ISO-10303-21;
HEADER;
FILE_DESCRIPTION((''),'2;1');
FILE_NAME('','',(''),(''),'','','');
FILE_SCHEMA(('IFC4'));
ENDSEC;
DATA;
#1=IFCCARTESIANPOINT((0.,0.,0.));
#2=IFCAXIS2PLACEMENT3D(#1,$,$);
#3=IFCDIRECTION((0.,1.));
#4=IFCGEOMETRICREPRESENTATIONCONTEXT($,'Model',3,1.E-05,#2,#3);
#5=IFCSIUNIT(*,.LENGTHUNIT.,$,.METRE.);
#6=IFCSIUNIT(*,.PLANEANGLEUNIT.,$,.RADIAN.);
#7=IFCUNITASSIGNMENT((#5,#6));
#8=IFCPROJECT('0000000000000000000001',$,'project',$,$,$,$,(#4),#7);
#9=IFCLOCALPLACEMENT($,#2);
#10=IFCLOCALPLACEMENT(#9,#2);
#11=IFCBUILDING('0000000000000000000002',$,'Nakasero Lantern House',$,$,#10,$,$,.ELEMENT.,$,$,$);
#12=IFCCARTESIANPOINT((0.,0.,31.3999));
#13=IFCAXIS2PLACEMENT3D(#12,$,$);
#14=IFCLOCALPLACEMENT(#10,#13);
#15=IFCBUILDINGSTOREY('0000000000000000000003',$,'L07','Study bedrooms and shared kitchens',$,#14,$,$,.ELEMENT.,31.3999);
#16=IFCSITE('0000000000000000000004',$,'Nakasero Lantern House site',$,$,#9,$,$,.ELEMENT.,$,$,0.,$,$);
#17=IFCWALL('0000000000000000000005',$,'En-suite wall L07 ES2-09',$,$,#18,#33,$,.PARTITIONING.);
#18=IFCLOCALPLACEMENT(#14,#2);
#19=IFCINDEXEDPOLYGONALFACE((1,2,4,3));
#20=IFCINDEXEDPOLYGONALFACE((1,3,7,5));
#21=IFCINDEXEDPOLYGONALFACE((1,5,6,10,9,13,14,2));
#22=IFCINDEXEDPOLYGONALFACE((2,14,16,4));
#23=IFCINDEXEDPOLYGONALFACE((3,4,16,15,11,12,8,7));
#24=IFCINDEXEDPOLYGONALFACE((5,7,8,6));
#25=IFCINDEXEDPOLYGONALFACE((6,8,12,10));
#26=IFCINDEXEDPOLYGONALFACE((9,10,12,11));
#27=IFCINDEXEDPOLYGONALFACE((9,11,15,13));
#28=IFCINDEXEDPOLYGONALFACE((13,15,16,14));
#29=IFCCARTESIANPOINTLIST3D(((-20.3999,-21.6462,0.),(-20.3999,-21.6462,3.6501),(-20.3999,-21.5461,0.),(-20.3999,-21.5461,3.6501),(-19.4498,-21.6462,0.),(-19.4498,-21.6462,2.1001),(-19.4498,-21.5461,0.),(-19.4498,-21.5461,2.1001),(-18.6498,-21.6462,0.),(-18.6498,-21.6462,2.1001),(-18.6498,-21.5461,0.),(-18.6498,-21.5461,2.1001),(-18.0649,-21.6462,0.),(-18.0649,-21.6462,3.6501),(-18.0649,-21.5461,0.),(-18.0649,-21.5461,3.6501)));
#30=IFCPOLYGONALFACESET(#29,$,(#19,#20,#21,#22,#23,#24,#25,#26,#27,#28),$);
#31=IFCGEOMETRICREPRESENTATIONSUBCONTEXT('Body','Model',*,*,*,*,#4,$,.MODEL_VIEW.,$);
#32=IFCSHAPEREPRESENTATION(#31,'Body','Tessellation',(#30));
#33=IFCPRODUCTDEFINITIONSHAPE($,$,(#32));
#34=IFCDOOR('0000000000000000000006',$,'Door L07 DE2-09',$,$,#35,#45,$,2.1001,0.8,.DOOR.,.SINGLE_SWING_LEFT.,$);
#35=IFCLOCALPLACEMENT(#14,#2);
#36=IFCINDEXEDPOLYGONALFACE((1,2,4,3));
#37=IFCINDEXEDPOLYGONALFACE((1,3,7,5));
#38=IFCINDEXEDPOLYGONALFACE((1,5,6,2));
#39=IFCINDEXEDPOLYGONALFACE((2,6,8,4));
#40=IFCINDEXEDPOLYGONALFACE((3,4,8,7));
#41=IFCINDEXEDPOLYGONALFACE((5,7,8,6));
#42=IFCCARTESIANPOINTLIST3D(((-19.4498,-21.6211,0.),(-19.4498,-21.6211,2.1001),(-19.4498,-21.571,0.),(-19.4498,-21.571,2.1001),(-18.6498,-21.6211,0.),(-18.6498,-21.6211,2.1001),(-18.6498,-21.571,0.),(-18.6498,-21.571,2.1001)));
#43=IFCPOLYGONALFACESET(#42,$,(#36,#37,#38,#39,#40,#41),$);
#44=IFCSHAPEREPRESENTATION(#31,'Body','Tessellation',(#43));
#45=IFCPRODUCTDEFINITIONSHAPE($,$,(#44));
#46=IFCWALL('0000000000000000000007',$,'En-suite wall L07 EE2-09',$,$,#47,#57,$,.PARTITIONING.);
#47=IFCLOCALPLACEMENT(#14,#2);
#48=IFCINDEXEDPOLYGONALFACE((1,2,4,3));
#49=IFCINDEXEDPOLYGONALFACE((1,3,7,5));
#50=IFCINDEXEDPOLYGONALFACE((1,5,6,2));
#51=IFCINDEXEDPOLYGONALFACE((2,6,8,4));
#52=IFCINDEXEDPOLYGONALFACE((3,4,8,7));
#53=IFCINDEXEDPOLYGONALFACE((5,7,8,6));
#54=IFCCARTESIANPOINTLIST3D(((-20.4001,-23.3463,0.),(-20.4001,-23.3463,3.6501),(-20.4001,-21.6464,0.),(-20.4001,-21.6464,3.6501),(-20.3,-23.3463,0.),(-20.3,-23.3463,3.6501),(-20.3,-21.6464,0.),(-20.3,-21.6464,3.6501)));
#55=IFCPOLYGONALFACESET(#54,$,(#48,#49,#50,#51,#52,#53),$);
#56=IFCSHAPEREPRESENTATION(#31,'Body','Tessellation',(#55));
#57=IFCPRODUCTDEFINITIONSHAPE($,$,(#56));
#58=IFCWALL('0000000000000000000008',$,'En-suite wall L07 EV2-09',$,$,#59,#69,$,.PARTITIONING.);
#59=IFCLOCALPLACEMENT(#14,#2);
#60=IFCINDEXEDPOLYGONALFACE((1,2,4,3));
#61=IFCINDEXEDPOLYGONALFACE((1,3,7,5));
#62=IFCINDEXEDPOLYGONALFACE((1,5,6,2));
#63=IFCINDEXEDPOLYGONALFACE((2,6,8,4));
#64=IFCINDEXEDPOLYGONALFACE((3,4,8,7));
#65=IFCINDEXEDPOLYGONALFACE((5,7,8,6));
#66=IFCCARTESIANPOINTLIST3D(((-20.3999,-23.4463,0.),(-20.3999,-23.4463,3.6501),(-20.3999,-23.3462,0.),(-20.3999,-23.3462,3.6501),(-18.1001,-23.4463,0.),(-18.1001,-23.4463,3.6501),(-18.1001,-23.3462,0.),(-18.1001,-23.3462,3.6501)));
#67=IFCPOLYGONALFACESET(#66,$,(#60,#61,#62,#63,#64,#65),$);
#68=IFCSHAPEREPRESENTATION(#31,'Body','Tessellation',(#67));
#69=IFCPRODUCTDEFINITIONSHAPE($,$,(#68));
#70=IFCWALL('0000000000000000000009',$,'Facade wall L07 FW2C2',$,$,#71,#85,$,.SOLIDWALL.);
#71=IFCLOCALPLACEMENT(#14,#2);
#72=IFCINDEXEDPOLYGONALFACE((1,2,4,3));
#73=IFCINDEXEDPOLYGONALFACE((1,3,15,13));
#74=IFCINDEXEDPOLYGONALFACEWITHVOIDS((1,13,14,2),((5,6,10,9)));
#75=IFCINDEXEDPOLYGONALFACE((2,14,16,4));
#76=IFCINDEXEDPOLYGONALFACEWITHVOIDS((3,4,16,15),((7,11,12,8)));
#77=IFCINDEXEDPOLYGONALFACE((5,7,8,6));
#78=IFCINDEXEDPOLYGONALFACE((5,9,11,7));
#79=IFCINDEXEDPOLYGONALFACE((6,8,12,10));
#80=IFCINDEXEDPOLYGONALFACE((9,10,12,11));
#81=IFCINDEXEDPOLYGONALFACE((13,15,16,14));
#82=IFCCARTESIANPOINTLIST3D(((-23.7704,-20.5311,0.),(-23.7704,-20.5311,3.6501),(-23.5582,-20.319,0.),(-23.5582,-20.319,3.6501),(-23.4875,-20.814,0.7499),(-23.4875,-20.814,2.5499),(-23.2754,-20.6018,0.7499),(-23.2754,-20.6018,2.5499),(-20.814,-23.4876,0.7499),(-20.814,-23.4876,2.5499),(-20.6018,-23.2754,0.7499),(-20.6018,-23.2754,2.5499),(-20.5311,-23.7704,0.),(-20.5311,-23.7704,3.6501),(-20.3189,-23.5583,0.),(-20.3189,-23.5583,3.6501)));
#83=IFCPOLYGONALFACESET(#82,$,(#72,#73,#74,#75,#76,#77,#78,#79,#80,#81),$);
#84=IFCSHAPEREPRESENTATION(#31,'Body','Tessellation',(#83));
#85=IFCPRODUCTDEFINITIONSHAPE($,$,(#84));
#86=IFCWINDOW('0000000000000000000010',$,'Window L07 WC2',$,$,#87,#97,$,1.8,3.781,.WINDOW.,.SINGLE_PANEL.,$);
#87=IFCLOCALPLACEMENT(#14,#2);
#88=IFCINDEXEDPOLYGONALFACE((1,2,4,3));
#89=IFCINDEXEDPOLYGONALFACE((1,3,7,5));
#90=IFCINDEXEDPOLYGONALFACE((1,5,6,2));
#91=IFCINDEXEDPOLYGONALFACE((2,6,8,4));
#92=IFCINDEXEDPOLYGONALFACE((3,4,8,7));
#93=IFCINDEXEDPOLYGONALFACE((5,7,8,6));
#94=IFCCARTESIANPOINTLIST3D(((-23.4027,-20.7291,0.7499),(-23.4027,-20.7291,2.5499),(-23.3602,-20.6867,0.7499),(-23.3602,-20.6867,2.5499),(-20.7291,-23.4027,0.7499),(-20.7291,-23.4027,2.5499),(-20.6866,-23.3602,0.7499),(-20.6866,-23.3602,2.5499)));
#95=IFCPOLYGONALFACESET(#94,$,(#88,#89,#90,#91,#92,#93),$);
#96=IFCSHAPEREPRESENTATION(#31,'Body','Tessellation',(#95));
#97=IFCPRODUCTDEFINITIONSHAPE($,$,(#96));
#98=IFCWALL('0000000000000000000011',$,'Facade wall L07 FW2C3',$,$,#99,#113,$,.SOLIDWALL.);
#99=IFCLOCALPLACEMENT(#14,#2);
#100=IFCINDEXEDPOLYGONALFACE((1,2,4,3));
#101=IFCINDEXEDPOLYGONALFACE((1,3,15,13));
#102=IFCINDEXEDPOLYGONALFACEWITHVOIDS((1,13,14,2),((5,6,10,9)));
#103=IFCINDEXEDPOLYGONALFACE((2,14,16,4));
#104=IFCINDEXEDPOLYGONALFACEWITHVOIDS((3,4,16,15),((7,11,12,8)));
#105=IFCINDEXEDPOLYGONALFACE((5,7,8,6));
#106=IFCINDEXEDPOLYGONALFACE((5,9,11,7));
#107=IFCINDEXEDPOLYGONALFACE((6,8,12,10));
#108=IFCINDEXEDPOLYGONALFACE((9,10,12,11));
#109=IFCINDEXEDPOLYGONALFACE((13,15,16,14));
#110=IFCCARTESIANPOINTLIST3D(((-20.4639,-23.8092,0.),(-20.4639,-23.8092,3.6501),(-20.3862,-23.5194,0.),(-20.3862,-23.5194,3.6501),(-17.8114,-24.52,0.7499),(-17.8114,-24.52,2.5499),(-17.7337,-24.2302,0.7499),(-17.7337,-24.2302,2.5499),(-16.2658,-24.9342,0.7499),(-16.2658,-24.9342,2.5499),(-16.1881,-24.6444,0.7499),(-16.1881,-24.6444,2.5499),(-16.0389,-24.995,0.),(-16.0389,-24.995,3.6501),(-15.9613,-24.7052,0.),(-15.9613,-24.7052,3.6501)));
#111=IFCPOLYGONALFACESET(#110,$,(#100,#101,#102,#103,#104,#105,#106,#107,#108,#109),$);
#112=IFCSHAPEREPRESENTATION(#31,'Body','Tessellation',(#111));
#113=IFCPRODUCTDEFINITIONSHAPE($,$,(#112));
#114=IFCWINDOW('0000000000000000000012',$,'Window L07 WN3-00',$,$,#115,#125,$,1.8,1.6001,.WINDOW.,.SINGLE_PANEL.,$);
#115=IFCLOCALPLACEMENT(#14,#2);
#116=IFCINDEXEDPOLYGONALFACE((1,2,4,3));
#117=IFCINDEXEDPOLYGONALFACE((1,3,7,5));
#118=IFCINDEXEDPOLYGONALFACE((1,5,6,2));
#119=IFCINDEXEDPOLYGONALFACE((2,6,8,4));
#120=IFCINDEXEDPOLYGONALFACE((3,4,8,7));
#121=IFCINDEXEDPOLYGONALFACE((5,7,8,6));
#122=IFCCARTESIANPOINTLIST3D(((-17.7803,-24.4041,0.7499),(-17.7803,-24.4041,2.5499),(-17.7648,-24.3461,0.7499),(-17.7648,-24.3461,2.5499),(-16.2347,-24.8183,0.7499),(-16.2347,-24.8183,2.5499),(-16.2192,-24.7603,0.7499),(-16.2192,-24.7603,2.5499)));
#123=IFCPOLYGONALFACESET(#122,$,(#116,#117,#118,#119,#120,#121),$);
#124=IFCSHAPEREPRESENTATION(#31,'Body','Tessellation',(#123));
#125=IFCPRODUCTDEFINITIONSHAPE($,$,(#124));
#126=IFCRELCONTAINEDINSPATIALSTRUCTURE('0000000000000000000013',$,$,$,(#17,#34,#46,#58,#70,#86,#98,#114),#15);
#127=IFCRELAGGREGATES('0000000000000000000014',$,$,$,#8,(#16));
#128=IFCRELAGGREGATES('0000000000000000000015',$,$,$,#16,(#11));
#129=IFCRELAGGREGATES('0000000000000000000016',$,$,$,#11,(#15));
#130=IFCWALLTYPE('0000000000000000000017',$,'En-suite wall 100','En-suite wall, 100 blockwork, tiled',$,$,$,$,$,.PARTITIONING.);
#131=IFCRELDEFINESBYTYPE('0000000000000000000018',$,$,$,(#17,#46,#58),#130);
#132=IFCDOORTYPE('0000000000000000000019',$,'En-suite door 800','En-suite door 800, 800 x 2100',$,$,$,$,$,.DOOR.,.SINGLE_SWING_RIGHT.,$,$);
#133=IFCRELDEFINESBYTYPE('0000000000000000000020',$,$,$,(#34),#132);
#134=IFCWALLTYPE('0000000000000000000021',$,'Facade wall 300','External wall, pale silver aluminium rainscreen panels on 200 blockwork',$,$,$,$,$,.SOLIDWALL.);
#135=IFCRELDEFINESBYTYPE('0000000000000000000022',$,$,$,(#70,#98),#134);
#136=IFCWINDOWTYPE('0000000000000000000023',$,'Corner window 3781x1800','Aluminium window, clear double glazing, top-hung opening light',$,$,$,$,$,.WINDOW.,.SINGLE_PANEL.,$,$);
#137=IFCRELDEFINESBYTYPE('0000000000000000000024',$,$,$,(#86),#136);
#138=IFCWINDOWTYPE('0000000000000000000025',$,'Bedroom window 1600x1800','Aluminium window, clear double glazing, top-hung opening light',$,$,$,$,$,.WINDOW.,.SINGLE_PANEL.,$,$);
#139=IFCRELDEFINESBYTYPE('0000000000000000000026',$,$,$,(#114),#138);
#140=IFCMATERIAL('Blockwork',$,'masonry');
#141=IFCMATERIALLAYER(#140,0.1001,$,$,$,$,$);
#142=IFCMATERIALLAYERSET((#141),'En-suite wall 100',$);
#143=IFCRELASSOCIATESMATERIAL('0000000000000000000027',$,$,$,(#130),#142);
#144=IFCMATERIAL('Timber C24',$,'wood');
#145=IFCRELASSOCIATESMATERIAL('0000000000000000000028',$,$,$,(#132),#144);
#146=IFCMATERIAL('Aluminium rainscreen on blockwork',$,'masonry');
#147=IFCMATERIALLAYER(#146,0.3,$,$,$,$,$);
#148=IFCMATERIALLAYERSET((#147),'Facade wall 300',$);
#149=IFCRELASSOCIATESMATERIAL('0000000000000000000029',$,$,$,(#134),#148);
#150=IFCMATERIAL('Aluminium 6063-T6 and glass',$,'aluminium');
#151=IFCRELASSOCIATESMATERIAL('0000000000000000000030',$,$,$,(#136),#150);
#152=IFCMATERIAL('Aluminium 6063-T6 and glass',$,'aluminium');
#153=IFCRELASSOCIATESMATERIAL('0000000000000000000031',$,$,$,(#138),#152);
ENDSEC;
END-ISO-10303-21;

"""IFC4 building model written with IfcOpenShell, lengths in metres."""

from ifc_helpers import new_model, si_unit, direction, frame, frame_2d, origin, place, context, subcontext, project, spatial, rectangle, extrude, material, layer, layer_set, type_object, element, fill, save


model = new_model("IFC4")

# Units and contexts
model_context = context("Model", 3, precision=1e-05, world=origin(), true_north=direction((0.0, 1.0)))
body_context = subcontext(model_context, "Body", "Model", "MODEL_VIEW")
ifc_project = project(units=[si_unit("LENGTHUNIT", "METRE"), si_unit("PLANEANGLEUNIT", "RADIAN")], contexts=[model_context])

# Site, building, storey
site_placement = place(None, origin())
site = spatial("IfcSite", under=ifc_project, at=site_placement, Name="Nakasero Lantern House site", CompositionType="ELEMENT", RefElevation=0.0)
building_placement = place(site_placement, origin())
building = spatial("IfcBuilding", under=site, at=building_placement, Name="Nakasero Lantern House", CompositionType="ELEMENT")
storey_placement = place(building_placement, frame((0.0, 0.0, 31.3999)))
storey = spatial("IfcBuildingStorey", under=building, at=storey_placement, Name="L07", Description="Study bedrooms and shared kitchens", CompositionType="ELEMENT", Elevation=31.3999)

# Wall, opening, door
ifc_material_1 = material(Name="Blockwork", Category="masonry")
ifc_layer_1 = layer(ifc_material_1, 0.1001)
ifc_layer_set_1 = layer_set([ifc_layer_1], Name="En-suite wall 100")
wall_type_1 = type_object("IfcWallType", Name="En-suite wall 100", Description="En-suite wall, 100 blockwork, tiled", PredefinedType="PARTITIONING", material=ifc_layer_set_1)
wall_1_placement = place(storey_placement, frame((-18.0649, -21.5962, 0.0), z_axis=(0.0, 0.0, 1.0), x_axis=(-1.0, 0.0, 0.0)))
wall_1 = element("IfcWall", 1, at=wall_1_placement, inside=storey, type_object=wall_type_1, Name="En-suite wall L07 ES2-09", PredefinedType="PARTITIONING", context=body_context, shape_type="SweptSolid", body=[
    extrude(rectangle(XDim=2.335, YDim=0.1001, at=frame_2d((1.1675, 0.0))), origin(), (0.0, 0.0, 1.0), 3.6501),
])
opening_1_placement = place(wall_1_placement, frame((0.585, 0.0, 0.0)))
opening_1 = element("IfcOpeningElement", 2, at=opening_1_placement, cuts=wall_1, PredefinedType="OPENING", context=body_context, shape_type="SweptSolid", body=[
    extrude(rectangle(XDim=0.8, YDim=2.1001, at=frame_2d((0.3999, 1.05))), frame((0.0, 0.0701, 0.0), z_axis=(0.0, -1.0, 0.0), x_axis=(1.0, 0.0, 0.0)), (0.0, 0.0, 1.0), 0.1401),
])
ifc_material_2 = material(Name="Timber C24", Category="wood")
door_type_1 = type_object("IfcDoorType", Name="En-suite door 800", Description="En-suite door 800, 800 x 2100", OperationType="SINGLE_SWING_RIGHT", PredefinedType="DOOR", material=ifc_material_2)
door_1_placement = place(opening_1_placement, origin())
door_1 = element("IfcDoor", 3, at=door_1_placement, inside=storey, type_object=door_type_1, Name="Door L07 DE2-09", OperationType="SINGLE_SWING_LEFT", OverallHeight=2.1001, OverallWidth=0.8, PredefinedType="DOOR", context=body_context, shape_type="SweptSolid", body=[
    extrude(rectangle(XDim=0.8, YDim=2.1001, at=frame_2d((0.3999, 1.05))), frame((0.0, 0.0249, 0.0), z_axis=(0.0, -1.0, 0.0), x_axis=(1.0, 0.0, 0.0)), (0.0, 0.0, 1.0), 0.05),
])
fill(opening_1, door_1)

# Walls
wall_2_placement = place(storey_placement, frame((-20.3501, -21.6462, 0.0), z_axis=(0.0, 0.0, 1.0), x_axis=(0.0, -1.0, 0.0)))
element("IfcWall", 4, at=wall_2_placement, inside=storey, type_object=wall_type_1, Name="En-suite wall L07 EE2-09", PredefinedType="PARTITIONING", context=body_context, shape_type="SweptSolid", body=[
    extrude(rectangle(XDim=1.7, YDim=0.1001, at=frame_2d((0.8501, 0.0))), origin(), (0.0, 0.0, 1.0), 3.6501),
])
wall_3_placement = place(storey_placement, frame((-18.1001, -23.3962, 0.0), z_axis=(0.0, 0.0, 1.0), x_axis=(-1.0, 0.0, 0.0)))
element("IfcWall", 5, at=wall_3_placement, inside=storey, type_object=wall_type_1, Name="En-suite wall L07 EV2-09", PredefinedType="PARTITIONING", context=body_context, shape_type="SweptSolid", body=[
    extrude(rectangle(XDim=2.2998, YDim=0.1001, at=frame_2d((1.1499, 0.0))), origin(), (0.0, 0.0, 1.0), 3.6501),
])

# Walls, openings, windows
ifc_material_3 = material(Name="Aluminium rainscreen on blockwork", Category="masonry")
ifc_layer_2 = layer(ifc_material_3, 0.3)
ifc_layer_set_2 = layer_set([ifc_layer_2], Name="Facade wall 300")
wall_type_2 = type_object("IfcWallType", Name="Facade wall 300", Description="External wall, pale silver aluminium rainscreen panels on 200 blockwork", PredefinedType="SOLIDWALL", material=ifc_layer_set_2)
wall_4_placement = place(storey_placement, frame((-23.6643, -20.425, 0.0), z_axis=(0.0, 0.0, 1.0), x_axis=(0.707107, -0.707107, 0.0)))
wall_4 = element("IfcWall", 6, at=wall_4_placement, inside=storey, type_object=wall_type_2, Name="Facade wall L07 FW2C2", PredefinedType="SOLIDWALL", context=body_context, shape_type="SweptSolid", body=[
    extrude(rectangle(XDim=4.5811, YDim=0.3, at=frame_2d((2.2905, 0.0))), origin(), (0.0, 0.0, 1.0), 3.6501),
])
opening_2_placement = place(wall_4_placement, frame((0.3999, 0.0, 0.75)))
opening_2 = element("IfcOpeningElement", 7, at=opening_2_placement, cuts=wall_4, PredefinedType="OPENING", context=body_context, shape_type="SweptSolid", body=[
    extrude(rectangle(XDim=3.781, YDim=1.8, at=frame_2d((1.8906, 0.8999))), frame((0.0, 0.1699, 0.0), z_axis=(0.0, -1.0, 0.0), x_axis=(1.0, 0.0, 0.0)), (0.0, 0.0, 1.0), 0.3401),
])
ifc_material_4 = material(Name="Aluminium 6063-T6 and glass", Category="aluminium")
window_type_1 = type_object("IfcWindowType", Name="Corner window 3781x1800", Description="Aluminium window, clear double glazing, top-hung opening light", PartitioningType="SINGLE_PANEL", PredefinedType="WINDOW", material=ifc_material_4)
window_1_placement = place(opening_2_placement, origin())
window_1 = element("IfcWindow", 8, at=window_1_placement, inside=storey, type_object=window_type_1, Name="Window L07 WC2", OverallHeight=1.8, OverallWidth=3.781, PartitioningType="SINGLE_PANEL", PredefinedType="WINDOW", context=body_context, shape_type="SweptSolid", body=[
    extrude(rectangle(XDim=3.781, YDim=1.8, at=frame_2d((1.8906, 0.8999))), frame((0.0, 0.03, 0.0), z_axis=(0.0, -1.0, 0.0), x_axis=(1.0, 0.0, 0.0)), (0.0, 0.0, 1.0), 0.0601),
])
fill(opening_2, window_1)
wall_5_placement = place(storey_placement, frame((-20.425, -23.6643, 0.0), z_axis=(0.0, 0.0, 1.0), x_axis=(0.96592, -0.25884, 0.0)))
wall_5 = element("IfcWall", 9, at=wall_5_placement, inside=storey, type_object=wall_type_2, Name="Facade wall L07 FW2C3", PredefinedType="SOLIDWALL", context=body_context, shape_type="SweptSolid", body=[
    extrude(rectangle(XDim=4.5811, YDim=0.3, at=frame_2d((2.2905, 0.0))), origin(), (0.0, 0.0, 1.0), 3.6501),
])
opening_3_placement = place(wall_5_placement, frame((2.7461, 0.0, 0.75)))
opening_3 = element("IfcOpeningElement", 10, at=opening_3_placement, cuts=wall_5, PredefinedType="OPENING", context=body_context, shape_type="SweptSolid", body=[
    extrude(rectangle(XDim=1.6001, YDim=1.8, at=frame_2d((0.8, 0.8999))), frame((0.0, 0.1699, 0.0), z_axis=(0.0, -1.0, 0.0), x_axis=(1.0, 0.0, 0.0)), (0.0, 0.0, 1.0), 0.3401),
])
ifc_material_5 = material(Name="Aluminium 6063-T6 and glass", Category="aluminium")
window_type_2 = type_object("IfcWindowType", Name="Bedroom window 1600x1800", Description="Aluminium window, clear double glazing, top-hung opening light", PartitioningType="SINGLE_PANEL", PredefinedType="WINDOW", material=ifc_material_5)
window_2_placement = place(opening_3_placement, origin())
window_2 = element("IfcWindow", 11, at=window_2_placement, inside=storey, type_object=window_type_2, Name="Window L07 WN3-00", OverallHeight=1.8, OverallWidth=1.6001, PartitioningType="SINGLE_PANEL", PredefinedType="WINDOW", context=body_context, shape_type="SweptSolid", body=[
    extrude(rectangle(XDim=1.6001, YDim=1.8, at=frame_2d((0.8, 0.8999))), frame((0.0, 0.03, 0.0), z_axis=(0.0, -1.0, 0.0), x_axis=(1.0, 0.0, 0.0)), (0.0, 0.0, 1.0), 0.0601),
])
fill(opening_3, window_2)

save(model, "model.ifc")
